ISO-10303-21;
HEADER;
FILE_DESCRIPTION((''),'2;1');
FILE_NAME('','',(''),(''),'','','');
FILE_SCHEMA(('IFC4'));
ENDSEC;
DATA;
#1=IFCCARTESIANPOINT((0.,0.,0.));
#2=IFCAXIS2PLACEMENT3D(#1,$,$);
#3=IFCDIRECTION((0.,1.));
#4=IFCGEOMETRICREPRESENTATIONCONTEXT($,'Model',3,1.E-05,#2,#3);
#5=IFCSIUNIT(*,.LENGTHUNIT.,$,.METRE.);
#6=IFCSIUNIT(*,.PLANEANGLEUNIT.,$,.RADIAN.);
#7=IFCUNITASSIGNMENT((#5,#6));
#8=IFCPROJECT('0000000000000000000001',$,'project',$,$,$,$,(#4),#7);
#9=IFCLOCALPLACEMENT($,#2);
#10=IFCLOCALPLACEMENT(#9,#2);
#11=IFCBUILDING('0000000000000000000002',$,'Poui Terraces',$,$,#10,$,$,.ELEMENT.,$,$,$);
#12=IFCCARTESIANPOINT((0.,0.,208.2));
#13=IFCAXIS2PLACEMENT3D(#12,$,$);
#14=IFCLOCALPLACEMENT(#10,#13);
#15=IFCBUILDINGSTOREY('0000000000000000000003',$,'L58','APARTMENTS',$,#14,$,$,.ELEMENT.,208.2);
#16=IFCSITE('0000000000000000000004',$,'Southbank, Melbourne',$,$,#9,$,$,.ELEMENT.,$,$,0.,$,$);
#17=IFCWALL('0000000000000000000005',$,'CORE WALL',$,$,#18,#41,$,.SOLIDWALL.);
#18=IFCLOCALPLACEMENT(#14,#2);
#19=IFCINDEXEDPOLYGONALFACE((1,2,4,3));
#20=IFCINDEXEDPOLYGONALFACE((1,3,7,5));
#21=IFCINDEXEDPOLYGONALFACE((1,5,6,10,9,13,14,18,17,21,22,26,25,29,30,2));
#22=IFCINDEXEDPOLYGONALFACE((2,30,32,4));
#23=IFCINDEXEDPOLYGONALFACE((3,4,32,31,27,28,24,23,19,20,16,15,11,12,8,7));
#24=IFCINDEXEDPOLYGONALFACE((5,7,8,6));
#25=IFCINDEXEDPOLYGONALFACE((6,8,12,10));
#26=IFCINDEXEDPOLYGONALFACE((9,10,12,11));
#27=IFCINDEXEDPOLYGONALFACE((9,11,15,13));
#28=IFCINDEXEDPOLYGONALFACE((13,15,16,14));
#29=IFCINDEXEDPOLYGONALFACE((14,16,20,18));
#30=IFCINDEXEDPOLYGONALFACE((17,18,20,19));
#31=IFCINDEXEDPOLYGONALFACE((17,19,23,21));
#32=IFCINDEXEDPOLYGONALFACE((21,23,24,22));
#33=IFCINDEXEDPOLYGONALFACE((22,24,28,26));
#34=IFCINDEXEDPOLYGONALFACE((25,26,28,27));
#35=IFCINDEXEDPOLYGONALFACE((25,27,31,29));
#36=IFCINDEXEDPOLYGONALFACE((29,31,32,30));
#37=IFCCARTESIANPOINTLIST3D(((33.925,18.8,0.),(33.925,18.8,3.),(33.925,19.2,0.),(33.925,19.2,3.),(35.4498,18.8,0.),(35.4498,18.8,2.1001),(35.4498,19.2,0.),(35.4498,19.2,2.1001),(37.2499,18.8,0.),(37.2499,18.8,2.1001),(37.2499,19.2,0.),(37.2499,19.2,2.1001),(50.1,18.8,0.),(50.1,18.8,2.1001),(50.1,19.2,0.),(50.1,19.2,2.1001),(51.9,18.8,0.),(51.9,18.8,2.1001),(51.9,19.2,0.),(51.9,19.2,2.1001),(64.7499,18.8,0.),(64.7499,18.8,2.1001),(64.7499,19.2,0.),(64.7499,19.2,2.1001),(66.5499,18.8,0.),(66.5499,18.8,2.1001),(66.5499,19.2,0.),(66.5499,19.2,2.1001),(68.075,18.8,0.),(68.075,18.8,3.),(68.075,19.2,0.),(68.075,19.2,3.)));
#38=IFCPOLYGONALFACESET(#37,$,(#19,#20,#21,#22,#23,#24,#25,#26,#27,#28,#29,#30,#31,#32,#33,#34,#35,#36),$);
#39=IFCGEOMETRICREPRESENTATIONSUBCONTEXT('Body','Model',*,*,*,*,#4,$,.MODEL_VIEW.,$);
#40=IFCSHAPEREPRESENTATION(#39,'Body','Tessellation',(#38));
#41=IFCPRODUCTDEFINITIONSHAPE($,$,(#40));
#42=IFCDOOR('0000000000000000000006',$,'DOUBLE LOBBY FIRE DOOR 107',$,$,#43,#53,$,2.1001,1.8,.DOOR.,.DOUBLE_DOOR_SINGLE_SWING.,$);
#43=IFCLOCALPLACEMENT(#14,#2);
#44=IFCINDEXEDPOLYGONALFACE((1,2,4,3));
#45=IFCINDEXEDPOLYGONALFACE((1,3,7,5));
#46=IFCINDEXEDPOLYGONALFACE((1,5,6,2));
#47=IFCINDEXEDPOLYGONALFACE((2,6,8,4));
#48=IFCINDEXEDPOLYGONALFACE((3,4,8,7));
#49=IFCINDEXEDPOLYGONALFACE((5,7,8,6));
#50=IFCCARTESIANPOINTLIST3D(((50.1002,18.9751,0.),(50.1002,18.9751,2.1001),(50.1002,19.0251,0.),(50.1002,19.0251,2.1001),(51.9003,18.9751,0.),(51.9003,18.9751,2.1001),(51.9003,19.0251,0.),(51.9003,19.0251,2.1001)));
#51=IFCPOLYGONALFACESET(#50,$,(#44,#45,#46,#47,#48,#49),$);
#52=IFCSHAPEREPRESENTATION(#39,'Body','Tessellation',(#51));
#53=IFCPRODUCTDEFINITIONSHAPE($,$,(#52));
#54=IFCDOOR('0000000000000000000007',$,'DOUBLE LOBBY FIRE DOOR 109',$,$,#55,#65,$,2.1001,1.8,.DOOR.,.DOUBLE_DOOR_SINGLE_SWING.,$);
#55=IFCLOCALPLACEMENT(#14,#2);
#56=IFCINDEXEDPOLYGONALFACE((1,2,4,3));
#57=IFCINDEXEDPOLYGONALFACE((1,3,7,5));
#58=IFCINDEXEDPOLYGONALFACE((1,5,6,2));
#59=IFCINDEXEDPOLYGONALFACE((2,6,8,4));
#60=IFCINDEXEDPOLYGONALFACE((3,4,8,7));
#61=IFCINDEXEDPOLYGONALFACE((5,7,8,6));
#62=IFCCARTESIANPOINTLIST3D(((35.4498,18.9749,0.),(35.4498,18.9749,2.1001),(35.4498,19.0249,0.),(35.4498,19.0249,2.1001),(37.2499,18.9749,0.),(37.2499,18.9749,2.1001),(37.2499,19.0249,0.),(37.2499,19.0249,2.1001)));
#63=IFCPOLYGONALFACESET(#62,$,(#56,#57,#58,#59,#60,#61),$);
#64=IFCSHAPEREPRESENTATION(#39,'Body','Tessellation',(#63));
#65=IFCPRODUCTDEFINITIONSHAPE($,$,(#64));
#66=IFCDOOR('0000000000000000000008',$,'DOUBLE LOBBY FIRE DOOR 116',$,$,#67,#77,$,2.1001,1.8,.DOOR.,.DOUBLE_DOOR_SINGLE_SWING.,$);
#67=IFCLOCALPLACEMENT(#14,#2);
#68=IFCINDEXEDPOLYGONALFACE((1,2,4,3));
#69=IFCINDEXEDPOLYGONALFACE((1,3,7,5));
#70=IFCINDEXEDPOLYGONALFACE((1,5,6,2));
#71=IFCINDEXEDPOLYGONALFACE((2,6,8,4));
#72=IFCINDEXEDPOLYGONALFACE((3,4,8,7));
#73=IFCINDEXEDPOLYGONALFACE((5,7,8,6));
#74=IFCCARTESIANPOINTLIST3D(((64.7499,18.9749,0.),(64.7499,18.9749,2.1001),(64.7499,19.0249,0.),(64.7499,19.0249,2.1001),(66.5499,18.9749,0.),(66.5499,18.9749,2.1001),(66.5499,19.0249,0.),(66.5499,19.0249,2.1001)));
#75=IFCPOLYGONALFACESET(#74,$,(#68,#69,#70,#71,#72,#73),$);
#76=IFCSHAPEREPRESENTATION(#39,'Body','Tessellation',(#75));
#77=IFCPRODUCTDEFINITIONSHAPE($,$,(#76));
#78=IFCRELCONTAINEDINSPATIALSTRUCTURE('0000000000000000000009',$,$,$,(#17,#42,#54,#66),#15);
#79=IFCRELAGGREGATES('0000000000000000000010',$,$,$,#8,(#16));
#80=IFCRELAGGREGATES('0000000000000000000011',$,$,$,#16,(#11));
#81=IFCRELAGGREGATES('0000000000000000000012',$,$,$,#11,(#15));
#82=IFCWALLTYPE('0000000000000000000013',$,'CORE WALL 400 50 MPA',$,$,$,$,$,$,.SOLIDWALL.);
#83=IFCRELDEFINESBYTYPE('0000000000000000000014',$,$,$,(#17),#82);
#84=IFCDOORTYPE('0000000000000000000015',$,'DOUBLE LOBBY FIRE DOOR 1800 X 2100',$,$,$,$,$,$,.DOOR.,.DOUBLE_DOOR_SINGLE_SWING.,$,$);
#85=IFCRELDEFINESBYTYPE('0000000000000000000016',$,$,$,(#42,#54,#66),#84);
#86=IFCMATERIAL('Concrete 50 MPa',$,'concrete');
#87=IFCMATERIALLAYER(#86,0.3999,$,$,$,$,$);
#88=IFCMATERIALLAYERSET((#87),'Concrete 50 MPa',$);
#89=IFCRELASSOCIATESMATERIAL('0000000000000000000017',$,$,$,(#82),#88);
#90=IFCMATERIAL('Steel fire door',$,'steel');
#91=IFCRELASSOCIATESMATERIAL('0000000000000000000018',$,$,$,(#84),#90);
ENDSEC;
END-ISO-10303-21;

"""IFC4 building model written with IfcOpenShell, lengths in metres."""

from ifc_helpers import new_model, si_unit, direction, frame, frame_2d, origin, place, context, subcontext, project, spatial, rectangle, extrude, material, layer, layer_set, type_object, element, fill, save


model = new_model("IFC4")

# Units and contexts
model_context = context("Model", 3, precision=1e-05, world=origin(), true_north=direction((0.0, 1.0)))
body_context = subcontext(model_context, "Body", "Model", "MODEL_VIEW")
ifc_project = project(units=[si_unit("LENGTHUNIT", "METRE"), si_unit("PLANEANGLEUNIT", "RADIAN")], contexts=[model_context])

# Site, building, storey
site_placement = place(None, origin())
site = spatial("IfcSite", under=ifc_project, at=site_placement, Name="Southbank, Melbourne", CompositionType="ELEMENT", RefElevation=0.0)
building_placement = place(site_placement, origin())
building = spatial("IfcBuilding", under=site, at=building_placement, Name="Poui Terraces", CompositionType="ELEMENT")
storey_placement = place(building_placement, frame((0.0, 0.0, 208.2)))
storey = spatial("IfcBuildingStorey", under=building, at=storey_placement, Name="L58", Description="APARTMENTS", CompositionType="ELEMENT", Elevation=208.2)

# Wall, openings, doors
ifc_material_1 = material(Name="Concrete 50 MPa", Category="concrete")
ifc_layer_1 = layer(ifc_material_1, 0.3999)
ifc_layer_set_1 = layer_set([ifc_layer_1], Name="Concrete 50 MPa")
wall_type_1 = type_object("IfcWallType", Name="CORE WALL 400 50 MPA", PredefinedType="SOLIDWALL", material=ifc_layer_set_1)
wall_1_placement = place(storey_placement, frame((33.925, 19.0, 0.0), z_axis=(0.0, 0.0, 1.0), x_axis=(1.0, 0.0, 0.0)))
wall_1 = element("IfcWall", 1, at=wall_1_placement, inside=storey, type_object=wall_type_1, Name="CORE WALL", PredefinedType="SOLIDWALL", context=body_context, shape_type="SweptSolid", body=[
    extrude(rectangle(XDim=34.1499, YDim=0.3999, at=frame_2d((17.075, 0.0))), origin(), (0.0, 0.0, 1.0), 3.0),
])
opening_1_placement = place(wall_1_placement, frame((16.175, 0.0, 0.0)))
opening_1 = element("IfcOpeningElement", 2, at=opening_1_placement, cuts=wall_1, PredefinedType="OPENING", context=body_context, shape_type="SweptSolid", body=[
    extrude(rectangle(XDim=1.8, YDim=2.1001, at=frame_2d((0.8999, 1.05))), frame((0.0, 0.21, 0.0), z_axis=(0.0, -1.0, 0.0), x_axis=(1.0, 0.0, 0.0)), (0.0, 0.0, 1.0), 0.4199),
])
opening_2_placement = place(wall_1_placement, frame((1.5249, 0.0, 0.0)))
opening_2 = element("IfcOpeningElement", 3, at=opening_2_placement, cuts=wall_1, PredefinedType="OPENING", context=body_context, shape_type="SweptSolid", body=[
    extrude(rectangle(XDim=1.8, YDim=2.1001, at=frame_2d((0.8999, 1.05))), frame((0.0, 0.21, 0.0), z_axis=(0.0, -1.0, 0.0), x_axis=(1.0, 0.0, 0.0)), (0.0, 0.0, 1.0), 0.4199),
])
opening_3_placement = place(wall_1_placement, frame((30.825, 0.0, 0.0)))
opening_3 = element("IfcOpeningElement", 4, at=opening_3_placement, cuts=wall_1, PredefinedType="OPENING", context=body_context, shape_type="SweptSolid", body=[
    extrude(rectangle(XDim=1.8, YDim=2.1001, at=frame_2d((0.8999, 1.05))), frame((0.0, 0.21, 0.0), z_axis=(0.0, -1.0, 0.0), x_axis=(1.0, 0.0, 0.0)), (0.0, 0.0, 1.0), 0.4199),
])
ifc_material_2 = material(Name="Steel fire door", Category="steel")
door_type_1 = type_object("IfcDoorType", Name="DOUBLE LOBBY FIRE DOOR 1800 X 2100", OperationType="DOUBLE_DOOR_SINGLE_SWING", PredefinedType="DOOR", material=ifc_material_2)
door_1_placement = place(opening_1_placement, frame((1.8, 0.0, 0.0), z_axis=(0.0, 0.0, 1.0), x_axis=(-1.0, 0.0, 0.0)))
door_1 = element("IfcDoor", 5, at=door_1_placement, inside=storey, type_object=door_type_1, Name="DOUBLE LOBBY FIRE DOOR 107", OperationType="DOUBLE_DOOR_SINGLE_SWING", OverallHeight=2.1001, OverallWidth=1.8, PredefinedType="DOOR", context=body_context, shape_type="SweptSolid", body=[
    extrude(rectangle(XDim=1.8, YDim=2.1001, at=frame_2d((0.8999, 1.05))), frame((0.0, 0.0249, 0.0), z_axis=(0.0, -1.0, 0.0), x_axis=(1.0, 0.0, 0.0)), (0.0, 0.0, 1.0), 0.05),
])
fill(opening_1, door_1)
door_2_placement = place(opening_2_placement, origin())
door_2 = element("IfcDoor", 6, at=door_2_placement, inside=storey, type_object=door_type_1, Name="DOUBLE LOBBY FIRE DOOR 109", OperationType="DOUBLE_DOOR_SINGLE_SWING", OverallHeight=2.1001, OverallWidth=1.8, PredefinedType="DOOR", context=body_context, shape_type="SweptSolid", body=[
    extrude(rectangle(XDim=1.8, YDim=2.1001, at=frame_2d((0.8999, 1.05))), frame((0.0, 0.0249, 0.0), z_axis=(0.0, -1.0, 0.0), x_axis=(1.0, 0.0, 0.0)), (0.0, 0.0, 1.0), 0.05),
])
fill(opening_2, door_2)
door_3_placement = place(opening_3_placement, origin())
door_3 = element("IfcDoor", 7, at=door_3_placement, inside=storey, type_object=door_type_1, Name="DOUBLE LOBBY FIRE DOOR 116", OperationType="DOUBLE_DOOR_SINGLE_SWING", OverallHeight=2.1001, OverallWidth=1.8, PredefinedType="DOOR", context=body_context, shape_type="SweptSolid", body=[
    extrude(rectangle(XDim=1.8, YDim=2.1001, at=frame_2d((0.8999, 1.05))), frame((0.0, 0.0249, 0.0), z_axis=(0.0, -1.0, 0.0), x_axis=(1.0, 0.0, 0.0)), (0.0, 0.0, 1.0), 0.05),
])
fill(opening_3, door_3)

save(model, "model.ifc")
